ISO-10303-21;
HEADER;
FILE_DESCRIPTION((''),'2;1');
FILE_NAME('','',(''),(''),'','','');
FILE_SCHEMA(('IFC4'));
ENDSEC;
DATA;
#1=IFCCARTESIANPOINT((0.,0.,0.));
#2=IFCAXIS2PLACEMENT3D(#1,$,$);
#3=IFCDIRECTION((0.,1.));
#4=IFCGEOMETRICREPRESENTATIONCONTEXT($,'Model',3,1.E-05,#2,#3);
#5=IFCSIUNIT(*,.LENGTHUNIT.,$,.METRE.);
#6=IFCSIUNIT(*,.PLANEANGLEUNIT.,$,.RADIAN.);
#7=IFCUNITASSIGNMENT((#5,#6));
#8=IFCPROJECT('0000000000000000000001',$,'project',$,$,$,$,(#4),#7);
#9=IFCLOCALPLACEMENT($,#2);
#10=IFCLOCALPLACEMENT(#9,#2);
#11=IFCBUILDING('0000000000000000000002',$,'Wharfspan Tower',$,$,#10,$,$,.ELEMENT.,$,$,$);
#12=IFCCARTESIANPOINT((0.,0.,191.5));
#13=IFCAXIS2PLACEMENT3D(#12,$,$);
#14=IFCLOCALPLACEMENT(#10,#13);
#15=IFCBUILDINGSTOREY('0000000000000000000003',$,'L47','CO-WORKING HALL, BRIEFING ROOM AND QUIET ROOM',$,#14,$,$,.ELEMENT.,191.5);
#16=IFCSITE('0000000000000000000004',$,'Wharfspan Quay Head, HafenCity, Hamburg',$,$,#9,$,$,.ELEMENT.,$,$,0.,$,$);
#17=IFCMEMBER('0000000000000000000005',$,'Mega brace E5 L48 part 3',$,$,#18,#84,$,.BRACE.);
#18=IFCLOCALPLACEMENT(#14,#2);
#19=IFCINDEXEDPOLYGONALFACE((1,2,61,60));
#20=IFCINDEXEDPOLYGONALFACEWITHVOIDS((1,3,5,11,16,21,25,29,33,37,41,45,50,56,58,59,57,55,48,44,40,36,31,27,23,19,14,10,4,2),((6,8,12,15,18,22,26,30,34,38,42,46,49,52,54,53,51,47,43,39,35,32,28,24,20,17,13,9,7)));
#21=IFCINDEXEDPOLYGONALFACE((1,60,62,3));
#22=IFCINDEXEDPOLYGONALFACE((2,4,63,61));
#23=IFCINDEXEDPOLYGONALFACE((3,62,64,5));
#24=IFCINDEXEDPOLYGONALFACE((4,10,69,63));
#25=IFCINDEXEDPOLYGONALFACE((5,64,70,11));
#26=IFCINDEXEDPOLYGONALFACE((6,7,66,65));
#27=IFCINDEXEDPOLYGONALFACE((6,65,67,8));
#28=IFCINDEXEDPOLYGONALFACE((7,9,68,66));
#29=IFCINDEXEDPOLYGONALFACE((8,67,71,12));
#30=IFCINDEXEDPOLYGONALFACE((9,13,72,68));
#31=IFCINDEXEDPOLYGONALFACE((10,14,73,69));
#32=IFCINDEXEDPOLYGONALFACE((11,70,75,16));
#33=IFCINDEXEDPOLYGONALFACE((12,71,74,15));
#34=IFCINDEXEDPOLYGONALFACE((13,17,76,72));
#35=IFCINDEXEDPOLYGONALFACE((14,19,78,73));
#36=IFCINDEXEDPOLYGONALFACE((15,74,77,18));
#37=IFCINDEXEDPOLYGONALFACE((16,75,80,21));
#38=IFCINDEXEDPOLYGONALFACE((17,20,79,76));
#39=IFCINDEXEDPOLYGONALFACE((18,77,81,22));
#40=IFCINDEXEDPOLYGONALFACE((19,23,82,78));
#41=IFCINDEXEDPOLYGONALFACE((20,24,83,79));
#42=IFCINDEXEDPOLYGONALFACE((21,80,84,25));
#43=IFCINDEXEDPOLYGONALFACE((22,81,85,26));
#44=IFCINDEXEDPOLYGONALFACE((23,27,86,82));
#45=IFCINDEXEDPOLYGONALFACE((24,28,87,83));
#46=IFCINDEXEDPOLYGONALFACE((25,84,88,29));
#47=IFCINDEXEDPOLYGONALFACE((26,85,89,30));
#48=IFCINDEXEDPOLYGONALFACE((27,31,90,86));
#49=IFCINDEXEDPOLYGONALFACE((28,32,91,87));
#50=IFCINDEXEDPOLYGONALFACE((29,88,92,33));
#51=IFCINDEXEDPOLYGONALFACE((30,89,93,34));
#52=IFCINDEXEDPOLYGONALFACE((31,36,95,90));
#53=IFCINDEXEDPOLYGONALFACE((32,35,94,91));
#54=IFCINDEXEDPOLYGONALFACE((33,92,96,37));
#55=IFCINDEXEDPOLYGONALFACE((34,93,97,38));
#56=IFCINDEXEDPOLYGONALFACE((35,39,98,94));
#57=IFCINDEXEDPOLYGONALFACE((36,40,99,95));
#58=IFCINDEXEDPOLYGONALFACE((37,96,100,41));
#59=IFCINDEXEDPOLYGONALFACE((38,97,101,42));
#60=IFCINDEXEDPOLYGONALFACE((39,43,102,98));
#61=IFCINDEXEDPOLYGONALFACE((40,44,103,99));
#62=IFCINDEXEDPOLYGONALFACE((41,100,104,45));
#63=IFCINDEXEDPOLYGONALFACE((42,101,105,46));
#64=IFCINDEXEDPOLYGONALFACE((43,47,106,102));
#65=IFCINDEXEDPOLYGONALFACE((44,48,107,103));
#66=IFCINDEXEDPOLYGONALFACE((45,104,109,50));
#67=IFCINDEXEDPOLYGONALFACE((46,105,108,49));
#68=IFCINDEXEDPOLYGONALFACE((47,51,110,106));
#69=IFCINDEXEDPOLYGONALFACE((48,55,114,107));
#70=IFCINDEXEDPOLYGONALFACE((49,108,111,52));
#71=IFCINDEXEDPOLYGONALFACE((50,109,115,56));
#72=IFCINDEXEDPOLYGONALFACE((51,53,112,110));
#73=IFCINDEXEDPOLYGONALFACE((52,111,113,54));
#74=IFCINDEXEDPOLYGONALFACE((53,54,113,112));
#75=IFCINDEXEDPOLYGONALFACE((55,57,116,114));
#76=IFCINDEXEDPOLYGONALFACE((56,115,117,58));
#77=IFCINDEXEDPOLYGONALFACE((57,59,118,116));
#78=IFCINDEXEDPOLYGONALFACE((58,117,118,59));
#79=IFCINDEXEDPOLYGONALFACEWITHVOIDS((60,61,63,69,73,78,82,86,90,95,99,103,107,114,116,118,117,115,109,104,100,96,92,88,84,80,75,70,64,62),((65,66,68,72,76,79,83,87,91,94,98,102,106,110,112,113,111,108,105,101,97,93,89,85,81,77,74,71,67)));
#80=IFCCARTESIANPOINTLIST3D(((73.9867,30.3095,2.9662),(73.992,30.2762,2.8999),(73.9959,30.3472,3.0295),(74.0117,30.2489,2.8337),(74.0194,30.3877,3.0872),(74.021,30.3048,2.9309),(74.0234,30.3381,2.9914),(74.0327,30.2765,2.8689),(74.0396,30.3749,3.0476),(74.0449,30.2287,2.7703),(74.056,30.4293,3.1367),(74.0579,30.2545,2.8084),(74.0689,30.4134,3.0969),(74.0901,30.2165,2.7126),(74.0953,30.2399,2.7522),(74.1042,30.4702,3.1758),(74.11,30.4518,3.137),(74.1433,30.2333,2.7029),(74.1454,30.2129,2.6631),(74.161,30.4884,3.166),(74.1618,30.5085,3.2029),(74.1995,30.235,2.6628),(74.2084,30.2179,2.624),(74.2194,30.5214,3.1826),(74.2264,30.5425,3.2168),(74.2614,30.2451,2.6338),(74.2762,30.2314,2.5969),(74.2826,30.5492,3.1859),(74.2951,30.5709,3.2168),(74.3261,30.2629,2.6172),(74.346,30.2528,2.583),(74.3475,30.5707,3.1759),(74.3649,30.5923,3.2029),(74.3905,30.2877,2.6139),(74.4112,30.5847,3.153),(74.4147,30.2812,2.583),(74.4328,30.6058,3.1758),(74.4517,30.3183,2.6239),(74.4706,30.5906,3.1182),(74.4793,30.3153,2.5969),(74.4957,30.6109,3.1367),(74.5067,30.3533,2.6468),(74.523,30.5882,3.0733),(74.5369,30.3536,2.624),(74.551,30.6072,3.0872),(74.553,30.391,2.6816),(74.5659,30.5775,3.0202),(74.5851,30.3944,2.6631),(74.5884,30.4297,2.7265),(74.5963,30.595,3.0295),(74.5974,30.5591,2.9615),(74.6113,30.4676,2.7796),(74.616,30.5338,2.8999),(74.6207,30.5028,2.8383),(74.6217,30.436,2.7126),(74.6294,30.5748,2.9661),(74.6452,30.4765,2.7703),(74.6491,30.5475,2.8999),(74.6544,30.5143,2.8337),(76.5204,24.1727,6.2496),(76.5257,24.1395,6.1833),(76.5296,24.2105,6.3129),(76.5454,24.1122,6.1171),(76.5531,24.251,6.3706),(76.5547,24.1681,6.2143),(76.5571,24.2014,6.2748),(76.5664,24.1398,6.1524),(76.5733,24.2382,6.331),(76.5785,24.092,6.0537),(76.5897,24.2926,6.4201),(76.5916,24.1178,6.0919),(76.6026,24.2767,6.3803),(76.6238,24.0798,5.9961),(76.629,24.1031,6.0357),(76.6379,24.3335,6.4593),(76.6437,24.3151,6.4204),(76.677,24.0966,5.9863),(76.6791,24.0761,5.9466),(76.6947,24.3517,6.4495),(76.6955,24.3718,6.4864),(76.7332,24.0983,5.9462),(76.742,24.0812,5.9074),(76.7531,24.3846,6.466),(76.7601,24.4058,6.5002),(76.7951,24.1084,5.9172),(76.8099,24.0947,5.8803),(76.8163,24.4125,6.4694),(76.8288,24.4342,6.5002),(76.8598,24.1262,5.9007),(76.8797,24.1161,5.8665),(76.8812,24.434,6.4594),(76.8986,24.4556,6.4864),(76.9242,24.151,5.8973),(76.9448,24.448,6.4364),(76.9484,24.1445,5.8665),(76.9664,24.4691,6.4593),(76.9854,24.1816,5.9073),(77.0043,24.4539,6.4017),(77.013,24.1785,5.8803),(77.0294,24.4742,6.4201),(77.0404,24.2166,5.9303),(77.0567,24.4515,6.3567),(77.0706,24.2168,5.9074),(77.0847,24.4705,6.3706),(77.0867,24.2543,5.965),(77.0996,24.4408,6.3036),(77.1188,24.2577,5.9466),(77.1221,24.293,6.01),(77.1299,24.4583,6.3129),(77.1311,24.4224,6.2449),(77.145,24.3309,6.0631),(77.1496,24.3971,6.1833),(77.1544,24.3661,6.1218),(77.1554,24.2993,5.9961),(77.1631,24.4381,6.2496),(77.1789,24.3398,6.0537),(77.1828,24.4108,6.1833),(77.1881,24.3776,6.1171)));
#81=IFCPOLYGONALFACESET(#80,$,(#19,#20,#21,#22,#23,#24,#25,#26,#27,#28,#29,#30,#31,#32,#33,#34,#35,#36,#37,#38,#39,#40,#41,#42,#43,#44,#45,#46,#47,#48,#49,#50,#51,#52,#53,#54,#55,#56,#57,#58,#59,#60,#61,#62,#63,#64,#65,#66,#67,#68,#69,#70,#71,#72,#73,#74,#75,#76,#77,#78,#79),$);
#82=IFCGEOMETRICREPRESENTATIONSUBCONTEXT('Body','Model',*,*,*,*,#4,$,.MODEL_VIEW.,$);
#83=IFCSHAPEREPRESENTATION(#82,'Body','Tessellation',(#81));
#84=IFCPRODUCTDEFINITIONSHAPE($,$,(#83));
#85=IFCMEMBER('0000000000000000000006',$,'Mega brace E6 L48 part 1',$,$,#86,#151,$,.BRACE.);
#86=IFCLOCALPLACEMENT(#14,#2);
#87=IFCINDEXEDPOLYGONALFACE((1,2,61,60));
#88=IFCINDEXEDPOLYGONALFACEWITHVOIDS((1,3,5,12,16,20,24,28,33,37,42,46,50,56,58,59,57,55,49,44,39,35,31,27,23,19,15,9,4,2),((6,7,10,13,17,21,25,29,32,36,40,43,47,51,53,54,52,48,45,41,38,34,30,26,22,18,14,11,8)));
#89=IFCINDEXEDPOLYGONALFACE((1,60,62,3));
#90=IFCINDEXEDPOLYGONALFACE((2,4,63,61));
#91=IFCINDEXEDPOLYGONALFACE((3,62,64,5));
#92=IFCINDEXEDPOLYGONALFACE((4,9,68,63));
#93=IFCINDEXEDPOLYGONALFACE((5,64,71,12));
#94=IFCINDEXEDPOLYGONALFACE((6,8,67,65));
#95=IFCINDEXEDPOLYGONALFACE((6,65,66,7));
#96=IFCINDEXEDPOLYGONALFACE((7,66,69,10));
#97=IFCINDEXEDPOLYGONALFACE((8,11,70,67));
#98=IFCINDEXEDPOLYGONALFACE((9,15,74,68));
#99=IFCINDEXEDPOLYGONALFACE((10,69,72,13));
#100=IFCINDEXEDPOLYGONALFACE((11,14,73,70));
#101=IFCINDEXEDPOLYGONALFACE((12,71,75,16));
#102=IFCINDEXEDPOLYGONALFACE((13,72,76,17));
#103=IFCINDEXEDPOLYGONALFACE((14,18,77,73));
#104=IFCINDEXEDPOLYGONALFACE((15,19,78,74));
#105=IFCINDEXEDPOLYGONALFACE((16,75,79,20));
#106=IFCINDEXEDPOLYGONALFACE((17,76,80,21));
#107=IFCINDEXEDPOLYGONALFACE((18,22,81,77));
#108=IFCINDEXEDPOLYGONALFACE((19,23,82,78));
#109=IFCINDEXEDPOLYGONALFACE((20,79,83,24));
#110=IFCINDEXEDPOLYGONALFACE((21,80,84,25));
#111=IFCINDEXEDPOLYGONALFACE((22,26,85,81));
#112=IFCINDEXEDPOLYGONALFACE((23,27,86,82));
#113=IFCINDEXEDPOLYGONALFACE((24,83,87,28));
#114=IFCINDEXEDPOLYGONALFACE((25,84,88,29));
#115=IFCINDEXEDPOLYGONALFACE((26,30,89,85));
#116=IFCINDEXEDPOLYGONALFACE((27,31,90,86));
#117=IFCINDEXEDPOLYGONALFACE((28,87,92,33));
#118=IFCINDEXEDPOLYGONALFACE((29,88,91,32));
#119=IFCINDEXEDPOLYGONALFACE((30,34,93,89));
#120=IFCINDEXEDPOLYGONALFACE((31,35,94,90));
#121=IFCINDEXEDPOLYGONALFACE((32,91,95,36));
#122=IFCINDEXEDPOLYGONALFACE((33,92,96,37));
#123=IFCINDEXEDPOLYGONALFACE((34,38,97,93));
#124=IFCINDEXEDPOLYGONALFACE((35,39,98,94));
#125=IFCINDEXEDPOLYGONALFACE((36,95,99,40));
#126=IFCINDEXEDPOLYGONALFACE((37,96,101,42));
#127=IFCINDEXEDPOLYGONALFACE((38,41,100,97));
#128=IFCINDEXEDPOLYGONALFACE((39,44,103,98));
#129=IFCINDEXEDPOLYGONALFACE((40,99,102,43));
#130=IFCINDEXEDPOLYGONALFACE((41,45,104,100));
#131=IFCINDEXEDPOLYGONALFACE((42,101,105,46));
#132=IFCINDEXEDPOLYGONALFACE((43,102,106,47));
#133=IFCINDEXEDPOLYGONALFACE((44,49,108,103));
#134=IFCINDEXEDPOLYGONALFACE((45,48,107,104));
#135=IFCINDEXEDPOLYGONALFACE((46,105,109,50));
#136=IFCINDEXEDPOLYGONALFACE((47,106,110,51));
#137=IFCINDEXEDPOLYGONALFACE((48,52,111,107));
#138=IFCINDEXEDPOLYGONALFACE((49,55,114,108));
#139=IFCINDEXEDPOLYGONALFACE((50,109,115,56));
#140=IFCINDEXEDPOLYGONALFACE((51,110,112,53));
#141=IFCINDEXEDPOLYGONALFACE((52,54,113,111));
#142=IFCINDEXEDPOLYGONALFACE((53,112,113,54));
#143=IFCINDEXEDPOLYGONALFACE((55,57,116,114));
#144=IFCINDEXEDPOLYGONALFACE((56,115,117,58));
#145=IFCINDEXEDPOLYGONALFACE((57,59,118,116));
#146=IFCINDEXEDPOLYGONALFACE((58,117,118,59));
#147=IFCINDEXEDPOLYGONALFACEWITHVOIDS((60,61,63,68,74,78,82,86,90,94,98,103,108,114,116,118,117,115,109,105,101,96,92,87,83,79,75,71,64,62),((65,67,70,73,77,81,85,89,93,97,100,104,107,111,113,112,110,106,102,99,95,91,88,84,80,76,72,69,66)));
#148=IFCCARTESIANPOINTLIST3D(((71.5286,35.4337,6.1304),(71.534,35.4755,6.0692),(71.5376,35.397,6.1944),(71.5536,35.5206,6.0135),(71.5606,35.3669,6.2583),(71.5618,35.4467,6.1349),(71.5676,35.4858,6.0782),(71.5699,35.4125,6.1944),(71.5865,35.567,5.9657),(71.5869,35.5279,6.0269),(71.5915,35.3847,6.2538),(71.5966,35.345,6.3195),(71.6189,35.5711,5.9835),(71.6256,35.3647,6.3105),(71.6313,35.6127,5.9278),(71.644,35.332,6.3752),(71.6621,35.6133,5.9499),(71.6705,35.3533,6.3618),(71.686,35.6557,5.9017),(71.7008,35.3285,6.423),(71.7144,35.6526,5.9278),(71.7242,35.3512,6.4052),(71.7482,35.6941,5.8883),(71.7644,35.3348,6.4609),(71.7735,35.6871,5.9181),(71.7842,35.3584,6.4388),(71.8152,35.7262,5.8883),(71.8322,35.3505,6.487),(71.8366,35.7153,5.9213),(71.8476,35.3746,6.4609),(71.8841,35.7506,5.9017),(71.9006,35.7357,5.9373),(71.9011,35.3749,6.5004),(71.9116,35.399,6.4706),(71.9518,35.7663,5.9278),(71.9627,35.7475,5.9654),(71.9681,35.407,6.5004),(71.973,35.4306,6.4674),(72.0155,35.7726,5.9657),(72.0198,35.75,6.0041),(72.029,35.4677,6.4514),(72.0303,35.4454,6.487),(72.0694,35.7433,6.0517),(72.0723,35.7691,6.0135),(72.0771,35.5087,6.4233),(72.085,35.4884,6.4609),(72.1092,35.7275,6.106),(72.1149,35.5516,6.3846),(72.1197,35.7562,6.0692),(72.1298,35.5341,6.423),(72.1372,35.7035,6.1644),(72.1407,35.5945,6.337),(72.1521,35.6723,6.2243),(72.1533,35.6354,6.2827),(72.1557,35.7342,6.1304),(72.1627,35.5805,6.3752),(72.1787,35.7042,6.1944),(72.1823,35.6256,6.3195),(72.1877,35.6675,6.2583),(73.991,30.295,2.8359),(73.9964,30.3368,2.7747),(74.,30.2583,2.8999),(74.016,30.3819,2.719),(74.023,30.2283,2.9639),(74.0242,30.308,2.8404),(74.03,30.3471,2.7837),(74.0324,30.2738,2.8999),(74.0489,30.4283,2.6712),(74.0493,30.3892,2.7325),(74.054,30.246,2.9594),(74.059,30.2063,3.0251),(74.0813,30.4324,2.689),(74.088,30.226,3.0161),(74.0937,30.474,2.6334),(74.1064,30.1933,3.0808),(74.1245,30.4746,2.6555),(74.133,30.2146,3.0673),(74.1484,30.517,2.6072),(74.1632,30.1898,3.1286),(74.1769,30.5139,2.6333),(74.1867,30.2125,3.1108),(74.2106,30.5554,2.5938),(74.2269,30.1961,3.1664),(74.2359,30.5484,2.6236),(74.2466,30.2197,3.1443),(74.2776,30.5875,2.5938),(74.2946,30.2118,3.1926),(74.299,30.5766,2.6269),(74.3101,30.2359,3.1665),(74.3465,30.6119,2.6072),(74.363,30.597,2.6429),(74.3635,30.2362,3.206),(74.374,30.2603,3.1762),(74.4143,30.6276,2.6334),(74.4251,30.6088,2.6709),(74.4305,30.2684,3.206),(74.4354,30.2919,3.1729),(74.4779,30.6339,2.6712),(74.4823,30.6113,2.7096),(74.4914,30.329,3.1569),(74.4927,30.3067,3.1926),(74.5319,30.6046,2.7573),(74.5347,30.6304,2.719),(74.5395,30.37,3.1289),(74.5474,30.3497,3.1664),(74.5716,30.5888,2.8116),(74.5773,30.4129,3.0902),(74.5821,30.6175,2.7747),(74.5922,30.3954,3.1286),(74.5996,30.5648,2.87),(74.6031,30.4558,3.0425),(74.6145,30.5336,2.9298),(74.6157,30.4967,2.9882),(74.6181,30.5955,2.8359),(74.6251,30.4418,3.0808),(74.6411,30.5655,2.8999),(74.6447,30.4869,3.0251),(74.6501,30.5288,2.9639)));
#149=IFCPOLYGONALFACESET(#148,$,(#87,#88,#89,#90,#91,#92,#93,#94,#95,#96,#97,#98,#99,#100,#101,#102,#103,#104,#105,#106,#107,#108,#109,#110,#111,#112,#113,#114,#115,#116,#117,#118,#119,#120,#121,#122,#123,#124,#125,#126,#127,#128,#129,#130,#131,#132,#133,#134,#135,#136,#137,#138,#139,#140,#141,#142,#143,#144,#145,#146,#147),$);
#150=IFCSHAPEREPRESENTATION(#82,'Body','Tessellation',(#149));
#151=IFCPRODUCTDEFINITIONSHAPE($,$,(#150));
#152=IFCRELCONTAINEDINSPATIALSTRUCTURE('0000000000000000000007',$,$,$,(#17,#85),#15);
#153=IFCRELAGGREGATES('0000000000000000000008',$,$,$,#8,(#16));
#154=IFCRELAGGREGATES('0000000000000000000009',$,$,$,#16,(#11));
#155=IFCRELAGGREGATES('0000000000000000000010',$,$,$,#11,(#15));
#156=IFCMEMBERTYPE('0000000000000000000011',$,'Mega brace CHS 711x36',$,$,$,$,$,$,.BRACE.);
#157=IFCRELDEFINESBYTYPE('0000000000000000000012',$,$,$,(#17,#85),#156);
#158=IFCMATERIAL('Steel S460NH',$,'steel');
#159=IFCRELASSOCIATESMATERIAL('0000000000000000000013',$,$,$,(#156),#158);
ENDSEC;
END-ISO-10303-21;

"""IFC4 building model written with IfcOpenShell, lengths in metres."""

from ifc_helpers import new_model, si_unit, direction, frame, origin, origin_2d, place, context, subcontext, project, spatial, hollow_circle, extrude, material, material_profile, profile_set, type_object, element, save


model = new_model("IFC4")

# Units and contexts
model_context = context("Model", 3, precision=1e-05, world=origin(), true_north=direction((0.0, 1.0)))
body_context = subcontext(model_context, "Body", "Model", "MODEL_VIEW")
ifc_project = project(units=[si_unit("LENGTHUNIT", "METRE"), si_unit("PLANEANGLEUNIT", "RADIAN")], contexts=[model_context])

# Site, building, storey
site_placement = place(None, origin())
site = spatial("IfcSite", under=ifc_project, at=site_placement, Name="Wharfspan Quay Head, HafenCity, Hamburg", CompositionType="ELEMENT", RefElevation=0.0)
building_placement = place(site_placement, origin())
building = spatial("IfcBuilding", under=site, at=building_placement, Name="Wharfspan Tower", CompositionType="ELEMENT")
storey_placement = place(building_placement, frame((0.0, 0.0, 191.5)))
storey = spatial("IfcBuildingStorey", under=building, at=storey_placement, Name="L47", Description="CO-WORKING HALL, BRIEFING ROOM AND QUIET ROOM", CompositionType="ELEMENT", Elevation=191.5)

# Members
ifc_material_1 = material(Name="Steel S460NH", Category="steel")
ifc_material_profile_1 = material_profile(ifc_material_1, hollow_circle(Radius=0.3555, WallThickness=0.0359, at=origin_2d()))
ifc_profile_set_1 = profile_set([ifc_material_profile_1], Name="Steel S460NH")
member_type_1 = type_object("IfcMemberType", Name="Mega brace CHS 711x36", PredefinedType="BRACE", material=ifc_profile_set_1)
member_1_placement = place(storey_placement, frame((74.3206, 30.4119, 2.8999), z_axis=(0.342079, -0.828531, 0.443305), x_axis=(0.924316, 0.381624, -0.000004)))
element("IfcMember", 1, at=member_1_placement, inside=storey, type_object=member_type_1, Name="Mega brace E5 L48 part 3", PredefinedType="BRACE", context=body_context, shape_type="SweptSolid", body=[
    extrude(hollow_circle(Radius=0.3555, WallThickness=0.0359, at=origin_2d()), origin(), (0.0, 0.0, 1.0), 7.4067),
])
for number, where, z_axis, x_axis, name in (
    (2, (74.3206, 30.4119, 2.8999), (-0.374112, 0.780716, 0.500522), (-0.901807, -0.432139, 0.000002), "Mega brace E6 L48 part 1"),
):
    element("IfcMember", number, at=place(storey_placement, frame(where, z_axis=z_axis, x_axis=x_axis)), inside=storey, type_object=member_type_1, Name=name, PredefinedType="BRACE", context=body_context, shape_type="SweptSolid", body=[
        extrude(hollow_circle(Radius=0.3555, WallThickness=0.0359, at=origin_2d()), origin(), (0.0, 0.0, 1.0), 6.582),
    ])

save(model, "model.ifc")
